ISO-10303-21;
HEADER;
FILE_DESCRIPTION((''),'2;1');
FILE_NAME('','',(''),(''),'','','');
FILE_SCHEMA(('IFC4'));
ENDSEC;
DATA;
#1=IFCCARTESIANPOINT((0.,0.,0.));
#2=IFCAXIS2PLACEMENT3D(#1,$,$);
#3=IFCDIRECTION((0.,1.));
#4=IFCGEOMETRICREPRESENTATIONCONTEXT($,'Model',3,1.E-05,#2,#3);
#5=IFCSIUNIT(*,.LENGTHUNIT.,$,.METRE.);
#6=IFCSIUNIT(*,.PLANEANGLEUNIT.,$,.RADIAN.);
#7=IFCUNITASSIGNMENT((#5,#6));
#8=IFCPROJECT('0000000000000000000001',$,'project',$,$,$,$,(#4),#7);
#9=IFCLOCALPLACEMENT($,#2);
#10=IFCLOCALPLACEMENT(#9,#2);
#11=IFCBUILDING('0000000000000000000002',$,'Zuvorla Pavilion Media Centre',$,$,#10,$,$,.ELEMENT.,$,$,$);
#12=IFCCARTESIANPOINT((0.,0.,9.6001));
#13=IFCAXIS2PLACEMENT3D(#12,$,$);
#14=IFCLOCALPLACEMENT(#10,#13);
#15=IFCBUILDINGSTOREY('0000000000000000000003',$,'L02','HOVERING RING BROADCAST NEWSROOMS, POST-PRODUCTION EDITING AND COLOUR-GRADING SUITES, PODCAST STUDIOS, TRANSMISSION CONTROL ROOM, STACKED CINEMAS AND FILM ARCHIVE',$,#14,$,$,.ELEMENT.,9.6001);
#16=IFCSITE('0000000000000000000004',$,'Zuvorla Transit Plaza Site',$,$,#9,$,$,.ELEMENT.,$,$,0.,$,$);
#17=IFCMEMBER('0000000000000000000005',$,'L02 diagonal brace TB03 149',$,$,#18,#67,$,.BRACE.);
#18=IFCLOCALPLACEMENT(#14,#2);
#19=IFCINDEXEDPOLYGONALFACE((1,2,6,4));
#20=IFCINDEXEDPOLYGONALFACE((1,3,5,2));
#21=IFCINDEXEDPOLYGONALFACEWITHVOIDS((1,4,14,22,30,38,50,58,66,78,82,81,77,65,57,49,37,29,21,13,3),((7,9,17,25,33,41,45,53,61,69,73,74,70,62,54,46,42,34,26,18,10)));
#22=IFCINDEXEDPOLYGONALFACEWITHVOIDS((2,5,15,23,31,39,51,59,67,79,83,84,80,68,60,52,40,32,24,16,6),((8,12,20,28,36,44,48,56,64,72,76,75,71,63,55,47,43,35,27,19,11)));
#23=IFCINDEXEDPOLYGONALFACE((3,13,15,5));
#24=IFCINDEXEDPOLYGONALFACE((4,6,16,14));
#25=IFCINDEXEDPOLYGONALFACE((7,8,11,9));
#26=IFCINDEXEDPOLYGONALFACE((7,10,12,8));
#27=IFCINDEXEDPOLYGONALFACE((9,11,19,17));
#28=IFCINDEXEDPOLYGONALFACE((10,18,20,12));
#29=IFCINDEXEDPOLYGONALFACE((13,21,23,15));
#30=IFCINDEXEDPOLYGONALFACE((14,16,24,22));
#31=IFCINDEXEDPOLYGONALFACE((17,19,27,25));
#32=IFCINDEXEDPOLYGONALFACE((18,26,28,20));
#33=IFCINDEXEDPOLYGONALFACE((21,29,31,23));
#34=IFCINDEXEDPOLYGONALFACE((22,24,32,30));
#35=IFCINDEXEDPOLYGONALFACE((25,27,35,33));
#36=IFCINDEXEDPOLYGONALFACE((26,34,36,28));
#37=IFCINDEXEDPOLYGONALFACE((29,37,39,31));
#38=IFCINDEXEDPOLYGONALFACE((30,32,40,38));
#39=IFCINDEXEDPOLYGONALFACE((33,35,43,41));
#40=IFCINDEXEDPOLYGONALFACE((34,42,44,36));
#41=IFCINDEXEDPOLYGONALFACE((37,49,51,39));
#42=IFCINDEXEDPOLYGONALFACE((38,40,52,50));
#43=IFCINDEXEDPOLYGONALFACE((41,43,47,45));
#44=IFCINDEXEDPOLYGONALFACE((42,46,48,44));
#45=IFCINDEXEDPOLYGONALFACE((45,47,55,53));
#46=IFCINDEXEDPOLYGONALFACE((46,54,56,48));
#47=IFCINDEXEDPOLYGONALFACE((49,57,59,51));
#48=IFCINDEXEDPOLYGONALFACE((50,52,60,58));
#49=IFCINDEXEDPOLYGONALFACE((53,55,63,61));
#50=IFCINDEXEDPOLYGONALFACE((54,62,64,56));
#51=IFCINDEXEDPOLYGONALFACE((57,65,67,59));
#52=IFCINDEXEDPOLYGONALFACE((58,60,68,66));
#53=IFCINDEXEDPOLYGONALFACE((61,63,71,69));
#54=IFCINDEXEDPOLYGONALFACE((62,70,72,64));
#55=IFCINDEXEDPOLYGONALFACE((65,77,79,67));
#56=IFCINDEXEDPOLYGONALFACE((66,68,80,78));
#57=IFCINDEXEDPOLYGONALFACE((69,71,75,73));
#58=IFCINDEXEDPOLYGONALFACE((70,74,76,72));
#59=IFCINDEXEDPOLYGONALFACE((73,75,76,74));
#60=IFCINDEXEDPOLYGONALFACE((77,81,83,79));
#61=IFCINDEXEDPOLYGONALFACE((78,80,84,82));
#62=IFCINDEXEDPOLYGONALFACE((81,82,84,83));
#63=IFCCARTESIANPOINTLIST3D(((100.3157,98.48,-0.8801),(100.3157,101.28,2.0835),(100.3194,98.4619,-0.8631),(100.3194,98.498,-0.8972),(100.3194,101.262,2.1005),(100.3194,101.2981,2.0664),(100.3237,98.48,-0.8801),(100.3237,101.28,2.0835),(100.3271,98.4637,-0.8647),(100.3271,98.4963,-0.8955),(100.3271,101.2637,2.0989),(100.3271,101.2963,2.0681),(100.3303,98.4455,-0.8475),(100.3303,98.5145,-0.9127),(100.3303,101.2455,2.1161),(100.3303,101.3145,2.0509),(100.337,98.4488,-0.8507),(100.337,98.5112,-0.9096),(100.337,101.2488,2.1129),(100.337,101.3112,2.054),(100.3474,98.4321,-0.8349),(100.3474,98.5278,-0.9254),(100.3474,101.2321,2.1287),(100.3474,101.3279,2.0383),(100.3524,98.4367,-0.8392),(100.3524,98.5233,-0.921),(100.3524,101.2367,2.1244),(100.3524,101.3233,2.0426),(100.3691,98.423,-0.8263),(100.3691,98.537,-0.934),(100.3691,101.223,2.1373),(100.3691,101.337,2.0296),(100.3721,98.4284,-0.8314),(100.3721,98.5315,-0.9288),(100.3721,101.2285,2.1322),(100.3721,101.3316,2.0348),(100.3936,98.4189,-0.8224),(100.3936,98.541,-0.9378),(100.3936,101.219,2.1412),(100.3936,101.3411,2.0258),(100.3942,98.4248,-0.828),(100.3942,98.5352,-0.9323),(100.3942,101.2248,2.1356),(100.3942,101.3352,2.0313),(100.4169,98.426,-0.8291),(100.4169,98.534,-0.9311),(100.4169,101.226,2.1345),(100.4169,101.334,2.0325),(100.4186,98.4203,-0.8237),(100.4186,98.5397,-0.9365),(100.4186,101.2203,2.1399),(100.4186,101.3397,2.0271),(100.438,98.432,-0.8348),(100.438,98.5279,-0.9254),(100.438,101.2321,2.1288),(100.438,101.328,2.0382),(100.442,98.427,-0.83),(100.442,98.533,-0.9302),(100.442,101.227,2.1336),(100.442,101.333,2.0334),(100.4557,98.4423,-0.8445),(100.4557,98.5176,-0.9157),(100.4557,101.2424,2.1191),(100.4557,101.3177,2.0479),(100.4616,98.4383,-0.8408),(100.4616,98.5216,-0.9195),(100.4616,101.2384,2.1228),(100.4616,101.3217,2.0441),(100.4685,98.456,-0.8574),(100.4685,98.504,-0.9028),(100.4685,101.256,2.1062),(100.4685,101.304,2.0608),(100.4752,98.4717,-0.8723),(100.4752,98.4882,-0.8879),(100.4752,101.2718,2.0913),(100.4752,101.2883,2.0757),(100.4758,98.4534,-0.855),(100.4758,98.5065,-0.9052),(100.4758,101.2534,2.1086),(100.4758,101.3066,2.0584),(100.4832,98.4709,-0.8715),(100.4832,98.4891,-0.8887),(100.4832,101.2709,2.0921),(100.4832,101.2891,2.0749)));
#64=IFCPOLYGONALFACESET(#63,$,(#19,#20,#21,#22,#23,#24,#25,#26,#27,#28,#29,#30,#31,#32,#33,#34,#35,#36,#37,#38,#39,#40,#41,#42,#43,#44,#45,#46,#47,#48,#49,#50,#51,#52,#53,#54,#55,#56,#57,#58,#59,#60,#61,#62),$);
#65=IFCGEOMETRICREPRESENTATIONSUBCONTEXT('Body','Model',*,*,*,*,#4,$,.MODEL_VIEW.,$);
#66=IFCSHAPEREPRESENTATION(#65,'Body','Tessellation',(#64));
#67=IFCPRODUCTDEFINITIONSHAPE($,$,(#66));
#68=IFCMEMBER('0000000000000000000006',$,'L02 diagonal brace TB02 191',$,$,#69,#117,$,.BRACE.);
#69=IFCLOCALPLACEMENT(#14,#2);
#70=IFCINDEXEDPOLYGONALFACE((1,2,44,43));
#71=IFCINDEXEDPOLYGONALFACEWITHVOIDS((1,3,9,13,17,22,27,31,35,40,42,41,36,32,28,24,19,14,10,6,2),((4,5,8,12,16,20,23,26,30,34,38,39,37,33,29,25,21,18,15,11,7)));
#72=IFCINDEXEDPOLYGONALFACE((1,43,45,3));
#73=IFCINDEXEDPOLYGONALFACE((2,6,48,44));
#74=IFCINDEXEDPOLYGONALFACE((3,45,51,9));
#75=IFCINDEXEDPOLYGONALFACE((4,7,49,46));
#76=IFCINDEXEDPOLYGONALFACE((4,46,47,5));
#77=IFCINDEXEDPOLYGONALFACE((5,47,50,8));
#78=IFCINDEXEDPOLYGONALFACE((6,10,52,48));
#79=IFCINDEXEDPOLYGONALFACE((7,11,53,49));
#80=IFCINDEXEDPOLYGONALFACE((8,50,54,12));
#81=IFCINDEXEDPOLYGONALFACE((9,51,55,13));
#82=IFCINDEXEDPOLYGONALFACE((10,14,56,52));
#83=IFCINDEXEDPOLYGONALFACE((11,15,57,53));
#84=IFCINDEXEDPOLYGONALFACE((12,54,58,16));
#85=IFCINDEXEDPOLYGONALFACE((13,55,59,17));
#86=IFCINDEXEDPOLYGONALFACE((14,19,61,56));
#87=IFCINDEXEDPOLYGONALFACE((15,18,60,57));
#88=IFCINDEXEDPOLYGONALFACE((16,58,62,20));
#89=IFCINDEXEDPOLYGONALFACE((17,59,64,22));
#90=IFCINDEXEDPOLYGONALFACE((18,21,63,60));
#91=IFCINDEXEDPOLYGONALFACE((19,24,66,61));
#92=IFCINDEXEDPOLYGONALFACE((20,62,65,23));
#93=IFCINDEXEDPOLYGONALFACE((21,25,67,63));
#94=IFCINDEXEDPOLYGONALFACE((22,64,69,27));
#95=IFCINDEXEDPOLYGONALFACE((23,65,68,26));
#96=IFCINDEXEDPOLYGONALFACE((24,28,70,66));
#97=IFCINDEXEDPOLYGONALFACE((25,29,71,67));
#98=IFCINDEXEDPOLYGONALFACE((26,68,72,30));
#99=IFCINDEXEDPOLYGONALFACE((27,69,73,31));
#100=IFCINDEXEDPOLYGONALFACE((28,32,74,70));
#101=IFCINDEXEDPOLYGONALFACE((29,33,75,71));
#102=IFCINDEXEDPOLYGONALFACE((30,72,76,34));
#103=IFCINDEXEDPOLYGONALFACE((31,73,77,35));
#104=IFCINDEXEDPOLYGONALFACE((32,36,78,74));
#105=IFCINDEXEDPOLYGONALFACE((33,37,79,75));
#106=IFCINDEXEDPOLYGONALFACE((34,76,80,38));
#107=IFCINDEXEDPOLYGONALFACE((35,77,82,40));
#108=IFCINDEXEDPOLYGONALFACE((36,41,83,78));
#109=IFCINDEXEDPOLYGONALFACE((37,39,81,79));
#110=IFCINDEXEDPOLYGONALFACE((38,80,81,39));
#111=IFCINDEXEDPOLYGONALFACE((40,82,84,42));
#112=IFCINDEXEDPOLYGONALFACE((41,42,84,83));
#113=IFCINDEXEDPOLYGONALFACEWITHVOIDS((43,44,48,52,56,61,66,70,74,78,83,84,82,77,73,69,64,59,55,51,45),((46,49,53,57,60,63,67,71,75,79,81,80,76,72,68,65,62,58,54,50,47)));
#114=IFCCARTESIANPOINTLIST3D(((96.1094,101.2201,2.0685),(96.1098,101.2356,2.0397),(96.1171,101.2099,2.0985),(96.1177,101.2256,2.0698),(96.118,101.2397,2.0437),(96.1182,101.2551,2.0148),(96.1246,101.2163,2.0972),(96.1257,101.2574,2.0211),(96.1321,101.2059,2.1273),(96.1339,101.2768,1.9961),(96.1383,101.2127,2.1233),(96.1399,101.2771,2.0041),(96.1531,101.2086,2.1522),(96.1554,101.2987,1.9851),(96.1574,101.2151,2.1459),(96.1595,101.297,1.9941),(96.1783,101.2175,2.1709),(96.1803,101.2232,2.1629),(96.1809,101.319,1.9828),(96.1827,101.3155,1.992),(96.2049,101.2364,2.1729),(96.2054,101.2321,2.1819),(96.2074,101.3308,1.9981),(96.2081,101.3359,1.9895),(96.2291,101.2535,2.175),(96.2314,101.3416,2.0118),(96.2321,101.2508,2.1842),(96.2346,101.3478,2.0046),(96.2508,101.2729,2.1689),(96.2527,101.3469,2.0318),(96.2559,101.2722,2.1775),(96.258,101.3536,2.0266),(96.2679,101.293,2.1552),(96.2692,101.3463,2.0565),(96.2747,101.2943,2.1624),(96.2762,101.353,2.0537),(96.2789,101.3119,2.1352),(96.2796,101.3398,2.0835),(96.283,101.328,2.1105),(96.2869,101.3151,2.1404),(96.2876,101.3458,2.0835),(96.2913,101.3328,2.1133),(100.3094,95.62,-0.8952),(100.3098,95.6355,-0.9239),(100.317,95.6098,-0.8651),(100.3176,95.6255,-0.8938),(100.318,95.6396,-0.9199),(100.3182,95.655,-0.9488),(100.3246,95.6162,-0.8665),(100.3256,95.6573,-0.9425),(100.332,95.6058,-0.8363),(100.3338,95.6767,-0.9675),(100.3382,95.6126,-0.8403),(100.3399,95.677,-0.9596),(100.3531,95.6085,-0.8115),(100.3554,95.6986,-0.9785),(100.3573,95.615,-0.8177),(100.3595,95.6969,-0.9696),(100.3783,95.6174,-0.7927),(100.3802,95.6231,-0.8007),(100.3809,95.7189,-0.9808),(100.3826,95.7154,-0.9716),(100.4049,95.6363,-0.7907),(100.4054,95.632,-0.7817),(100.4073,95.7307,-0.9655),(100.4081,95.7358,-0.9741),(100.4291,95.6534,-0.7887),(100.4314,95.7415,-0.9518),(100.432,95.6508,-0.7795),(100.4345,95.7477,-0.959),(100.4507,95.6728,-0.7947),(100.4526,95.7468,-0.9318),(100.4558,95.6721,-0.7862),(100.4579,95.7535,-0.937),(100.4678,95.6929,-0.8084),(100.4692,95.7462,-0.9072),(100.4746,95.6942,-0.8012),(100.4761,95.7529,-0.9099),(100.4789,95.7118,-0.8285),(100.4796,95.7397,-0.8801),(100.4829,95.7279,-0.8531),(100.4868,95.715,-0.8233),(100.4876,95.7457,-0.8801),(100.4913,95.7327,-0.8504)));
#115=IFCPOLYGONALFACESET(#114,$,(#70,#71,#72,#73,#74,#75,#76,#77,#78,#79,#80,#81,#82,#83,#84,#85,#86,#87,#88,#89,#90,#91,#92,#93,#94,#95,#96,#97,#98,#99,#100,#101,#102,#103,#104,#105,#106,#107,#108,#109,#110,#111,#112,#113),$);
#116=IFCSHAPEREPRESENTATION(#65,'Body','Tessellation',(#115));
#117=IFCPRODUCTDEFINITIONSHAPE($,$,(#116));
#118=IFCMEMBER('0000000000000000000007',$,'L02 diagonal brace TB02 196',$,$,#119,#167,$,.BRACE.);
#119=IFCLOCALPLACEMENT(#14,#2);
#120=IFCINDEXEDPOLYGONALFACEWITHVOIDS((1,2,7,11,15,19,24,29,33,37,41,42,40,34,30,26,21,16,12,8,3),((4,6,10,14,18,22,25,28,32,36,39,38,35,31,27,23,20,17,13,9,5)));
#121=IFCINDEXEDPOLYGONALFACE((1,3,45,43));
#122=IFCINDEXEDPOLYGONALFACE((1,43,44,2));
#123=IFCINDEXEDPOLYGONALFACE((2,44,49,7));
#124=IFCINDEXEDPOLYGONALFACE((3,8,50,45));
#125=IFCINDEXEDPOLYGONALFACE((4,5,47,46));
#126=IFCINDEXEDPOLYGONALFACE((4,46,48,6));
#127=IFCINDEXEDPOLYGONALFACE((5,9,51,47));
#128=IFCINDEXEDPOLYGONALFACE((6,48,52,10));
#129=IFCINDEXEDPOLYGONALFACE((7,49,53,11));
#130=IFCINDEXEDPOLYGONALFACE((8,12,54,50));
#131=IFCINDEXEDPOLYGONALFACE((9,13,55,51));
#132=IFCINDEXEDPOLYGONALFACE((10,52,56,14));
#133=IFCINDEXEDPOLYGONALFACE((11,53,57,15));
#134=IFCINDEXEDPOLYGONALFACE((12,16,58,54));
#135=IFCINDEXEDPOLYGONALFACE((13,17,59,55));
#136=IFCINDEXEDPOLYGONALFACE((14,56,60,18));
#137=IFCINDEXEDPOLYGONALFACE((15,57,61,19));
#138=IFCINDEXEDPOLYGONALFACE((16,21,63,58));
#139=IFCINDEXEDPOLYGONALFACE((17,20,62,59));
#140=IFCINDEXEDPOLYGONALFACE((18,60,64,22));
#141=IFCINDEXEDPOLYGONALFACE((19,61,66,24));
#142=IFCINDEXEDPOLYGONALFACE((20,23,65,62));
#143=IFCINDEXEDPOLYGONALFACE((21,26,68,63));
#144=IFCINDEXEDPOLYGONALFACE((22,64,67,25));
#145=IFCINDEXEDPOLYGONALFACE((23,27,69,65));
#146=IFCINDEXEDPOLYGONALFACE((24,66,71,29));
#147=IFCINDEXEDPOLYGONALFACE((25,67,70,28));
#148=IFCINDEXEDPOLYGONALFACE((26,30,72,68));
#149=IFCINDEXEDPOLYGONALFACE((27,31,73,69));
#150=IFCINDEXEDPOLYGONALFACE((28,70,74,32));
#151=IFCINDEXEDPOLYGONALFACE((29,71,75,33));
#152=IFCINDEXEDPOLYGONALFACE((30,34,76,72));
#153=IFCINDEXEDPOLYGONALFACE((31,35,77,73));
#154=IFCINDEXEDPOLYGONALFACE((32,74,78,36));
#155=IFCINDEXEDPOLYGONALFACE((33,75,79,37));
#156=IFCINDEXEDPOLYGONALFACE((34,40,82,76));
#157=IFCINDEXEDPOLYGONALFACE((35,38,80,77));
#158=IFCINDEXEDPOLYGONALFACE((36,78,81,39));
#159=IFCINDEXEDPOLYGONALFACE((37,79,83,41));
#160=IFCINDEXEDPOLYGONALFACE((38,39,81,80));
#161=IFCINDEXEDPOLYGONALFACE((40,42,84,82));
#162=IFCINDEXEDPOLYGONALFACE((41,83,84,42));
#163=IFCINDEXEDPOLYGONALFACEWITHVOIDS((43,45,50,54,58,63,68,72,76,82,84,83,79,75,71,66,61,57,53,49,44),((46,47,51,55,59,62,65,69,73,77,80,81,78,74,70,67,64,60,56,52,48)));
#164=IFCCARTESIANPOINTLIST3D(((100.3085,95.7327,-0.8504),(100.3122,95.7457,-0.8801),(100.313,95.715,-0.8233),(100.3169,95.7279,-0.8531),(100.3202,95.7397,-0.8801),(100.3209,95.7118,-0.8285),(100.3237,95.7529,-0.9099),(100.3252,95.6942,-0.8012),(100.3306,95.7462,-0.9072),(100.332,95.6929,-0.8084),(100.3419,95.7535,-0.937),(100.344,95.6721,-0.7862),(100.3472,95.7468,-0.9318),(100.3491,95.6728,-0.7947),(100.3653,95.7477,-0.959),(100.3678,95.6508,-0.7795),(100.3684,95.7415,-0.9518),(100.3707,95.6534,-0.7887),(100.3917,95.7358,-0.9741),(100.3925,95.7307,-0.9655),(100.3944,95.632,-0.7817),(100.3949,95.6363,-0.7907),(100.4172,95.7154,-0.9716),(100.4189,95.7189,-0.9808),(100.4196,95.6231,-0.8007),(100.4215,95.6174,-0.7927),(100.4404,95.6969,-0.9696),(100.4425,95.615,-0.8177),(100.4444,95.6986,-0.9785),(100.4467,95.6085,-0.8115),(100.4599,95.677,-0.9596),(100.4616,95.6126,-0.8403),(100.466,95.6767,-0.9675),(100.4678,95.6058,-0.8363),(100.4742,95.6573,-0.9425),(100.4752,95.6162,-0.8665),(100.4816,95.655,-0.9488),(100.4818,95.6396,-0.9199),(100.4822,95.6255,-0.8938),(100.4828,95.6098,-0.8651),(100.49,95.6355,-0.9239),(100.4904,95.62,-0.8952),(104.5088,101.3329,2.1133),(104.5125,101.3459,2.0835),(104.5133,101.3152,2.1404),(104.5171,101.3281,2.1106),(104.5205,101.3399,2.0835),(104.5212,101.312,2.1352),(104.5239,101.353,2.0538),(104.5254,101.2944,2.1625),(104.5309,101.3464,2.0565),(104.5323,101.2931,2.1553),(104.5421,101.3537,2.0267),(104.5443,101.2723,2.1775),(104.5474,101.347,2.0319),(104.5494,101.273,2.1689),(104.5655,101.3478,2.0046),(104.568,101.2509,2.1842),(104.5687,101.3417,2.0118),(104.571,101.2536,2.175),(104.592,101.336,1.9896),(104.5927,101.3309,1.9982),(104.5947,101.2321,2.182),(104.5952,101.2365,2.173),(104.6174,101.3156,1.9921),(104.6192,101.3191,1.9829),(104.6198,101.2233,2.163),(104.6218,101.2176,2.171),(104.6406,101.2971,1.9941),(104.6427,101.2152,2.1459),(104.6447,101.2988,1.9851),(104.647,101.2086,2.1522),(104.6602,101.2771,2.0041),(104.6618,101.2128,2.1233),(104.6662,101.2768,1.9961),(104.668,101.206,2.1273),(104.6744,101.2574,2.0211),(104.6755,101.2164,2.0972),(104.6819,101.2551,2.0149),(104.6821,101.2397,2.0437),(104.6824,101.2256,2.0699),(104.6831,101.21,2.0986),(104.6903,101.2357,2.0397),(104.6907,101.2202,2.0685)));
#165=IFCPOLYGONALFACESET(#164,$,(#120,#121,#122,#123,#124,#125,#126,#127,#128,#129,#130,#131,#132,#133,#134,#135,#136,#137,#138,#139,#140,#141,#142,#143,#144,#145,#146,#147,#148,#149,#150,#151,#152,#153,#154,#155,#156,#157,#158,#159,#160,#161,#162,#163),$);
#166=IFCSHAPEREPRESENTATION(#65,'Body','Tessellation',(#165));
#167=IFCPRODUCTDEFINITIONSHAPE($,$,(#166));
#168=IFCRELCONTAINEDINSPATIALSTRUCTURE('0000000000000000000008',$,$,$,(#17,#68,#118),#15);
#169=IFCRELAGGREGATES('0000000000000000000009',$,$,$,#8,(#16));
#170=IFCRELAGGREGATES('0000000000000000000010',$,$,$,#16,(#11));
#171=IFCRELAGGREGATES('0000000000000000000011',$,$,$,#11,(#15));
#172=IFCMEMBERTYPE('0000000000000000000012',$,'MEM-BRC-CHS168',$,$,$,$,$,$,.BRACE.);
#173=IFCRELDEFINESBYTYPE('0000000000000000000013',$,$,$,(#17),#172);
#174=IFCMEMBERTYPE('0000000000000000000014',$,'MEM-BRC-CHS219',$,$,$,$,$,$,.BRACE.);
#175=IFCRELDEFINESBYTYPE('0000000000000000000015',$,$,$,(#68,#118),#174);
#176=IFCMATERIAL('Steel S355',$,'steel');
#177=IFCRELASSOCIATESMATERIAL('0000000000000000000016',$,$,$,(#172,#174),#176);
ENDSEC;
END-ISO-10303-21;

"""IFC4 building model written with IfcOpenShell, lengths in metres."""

from ifc_helpers import new_model, si_unit, direction, frame, origin, origin_2d, place, context, subcontext, project, spatial, hollow_circle, extrude, material, material_profile, profile_set, type_object, element, save


model = new_model("IFC4")

# Units and contexts
model_context = context("Model", 3, precision=1e-05, world=origin(), true_north=direction((0.0, 1.0)))
body_context = subcontext(model_context, "Body", "Model", "MODEL_VIEW")
ifc_project = project(units=[si_unit("LENGTHUNIT", "METRE"), si_unit("PLANEANGLEUNIT", "RADIAN")], contexts=[model_context])

# Site, building, storey
site_placement = place(None, origin())
site = spatial("IfcSite", under=ifc_project, at=site_placement, Name="Zuvorla Transit Plaza Site", CompositionType="ELEMENT", RefElevation=0.0)
building_placement = place(site_placement, origin())
building = spatial("IfcBuilding", under=site, at=building_placement, Name="Zuvorla Pavilion Media Centre", CompositionType="ELEMENT")
storey_placement = place(building_placement, frame((0.0, 0.0, 9.6001)))
storey = spatial("IfcBuildingStorey", under=building, at=storey_placement, Name="L02", Description="HOVERING RING BROADCAST NEWSROOMS, POST-PRODUCTION EDITING AND COLOUR-GRADING SUITES, PODCAST STUDIOS, TRANSMISSION CONTROL ROOM, STACKED CINEMAS AND FILM ARCHIVE", CompositionType="ELEMENT", Elevation=9.6001)

# Shared definitions
ifc_material_1 = material(Name="Steel S355", Category="steel")

# Members
ifc_material_profile_1 = material_profile(ifc_material_1, hollow_circle(Radius=0.0842, WallThickness=0.0081, at=origin_2d()), Name="CHS 168.3x8")
ifc_profile_set_1 = profile_set([ifc_material_profile_1], Name="Steel S355")
member_type_1 = type_object("IfcMemberType", Name="MEM-BRC-CHS168", PredefinedType="BRACE", material=ifc_profile_set_1)
member_1_placement = place(storey_placement, frame((100.3999, 98.48, -0.8801), z_axis=(0.0, 0.686762, 0.726882), x_axis=(-1.0, 0.0, 0.0)))
element("IfcMember", 1, at=member_1_placement, inside=storey, type_object=member_type_1, Name="L02 diagonal brace TB03 149", PredefinedType="BRACE", context=body_context, shape_type="SweptSolid", body=[
    extrude(hollow_circle(Radius=0.0842, WallThickness=0.0081, at=origin_2d()), origin(), (0.0, 0.0, 1.0), 4.0771),
])
ifc_material_profile_2 = material_profile(ifc_material_1, hollow_circle(Radius=0.1096, WallThickness=0.01, at=origin_2d()), Name="CHS 219.1x10")
ifc_profile_set_2 = profile_set([ifc_material_profile_2], Name="Steel S355")
member_type_2 = type_object("IfcMemberType", Name="MEM-BRC-CHS219", PredefinedType="BRACE", material=ifc_profile_set_2)
member_2_placement = place(storey_placement, frame((96.2, 101.28, 2.0835), z_axis=(0.552512, -0.736704, -0.38987), x_axis=(0.800008, 0.599989, 0.0)))
element("IfcMember", 2, at=member_2_placement, inside=storey, type_object=member_type_2, Name="L02 diagonal brace TB02 191", PredefinedType="BRACE", context=body_context, shape_type="SweptSolid", body=[
    extrude(hollow_circle(Radius=0.1096, WallThickness=0.01, at=origin_2d()), origin(), (0.0, 0.0, 1.0), 7.6016),
])
member_3_placement = place(storey_placement, frame((100.3999, 95.6799, -0.8801), z_axis=(0.552534, 0.73669, 0.389863), x_axis=(-0.799992, 0.600011, 0.0)))
element("IfcMember", 3, at=member_3_placement, inside=storey, type_object=member_type_2, Name="L02 diagonal brace TB02 196", PredefinedType="BRACE", context=body_context, shape_type="SweptSolid", body=[
    extrude(hollow_circle(Radius=0.1096, WallThickness=0.01, at=origin_2d()), origin(), (0.0, 0.0, 1.0), 7.6018),
])

save(model, "model.ifc")
